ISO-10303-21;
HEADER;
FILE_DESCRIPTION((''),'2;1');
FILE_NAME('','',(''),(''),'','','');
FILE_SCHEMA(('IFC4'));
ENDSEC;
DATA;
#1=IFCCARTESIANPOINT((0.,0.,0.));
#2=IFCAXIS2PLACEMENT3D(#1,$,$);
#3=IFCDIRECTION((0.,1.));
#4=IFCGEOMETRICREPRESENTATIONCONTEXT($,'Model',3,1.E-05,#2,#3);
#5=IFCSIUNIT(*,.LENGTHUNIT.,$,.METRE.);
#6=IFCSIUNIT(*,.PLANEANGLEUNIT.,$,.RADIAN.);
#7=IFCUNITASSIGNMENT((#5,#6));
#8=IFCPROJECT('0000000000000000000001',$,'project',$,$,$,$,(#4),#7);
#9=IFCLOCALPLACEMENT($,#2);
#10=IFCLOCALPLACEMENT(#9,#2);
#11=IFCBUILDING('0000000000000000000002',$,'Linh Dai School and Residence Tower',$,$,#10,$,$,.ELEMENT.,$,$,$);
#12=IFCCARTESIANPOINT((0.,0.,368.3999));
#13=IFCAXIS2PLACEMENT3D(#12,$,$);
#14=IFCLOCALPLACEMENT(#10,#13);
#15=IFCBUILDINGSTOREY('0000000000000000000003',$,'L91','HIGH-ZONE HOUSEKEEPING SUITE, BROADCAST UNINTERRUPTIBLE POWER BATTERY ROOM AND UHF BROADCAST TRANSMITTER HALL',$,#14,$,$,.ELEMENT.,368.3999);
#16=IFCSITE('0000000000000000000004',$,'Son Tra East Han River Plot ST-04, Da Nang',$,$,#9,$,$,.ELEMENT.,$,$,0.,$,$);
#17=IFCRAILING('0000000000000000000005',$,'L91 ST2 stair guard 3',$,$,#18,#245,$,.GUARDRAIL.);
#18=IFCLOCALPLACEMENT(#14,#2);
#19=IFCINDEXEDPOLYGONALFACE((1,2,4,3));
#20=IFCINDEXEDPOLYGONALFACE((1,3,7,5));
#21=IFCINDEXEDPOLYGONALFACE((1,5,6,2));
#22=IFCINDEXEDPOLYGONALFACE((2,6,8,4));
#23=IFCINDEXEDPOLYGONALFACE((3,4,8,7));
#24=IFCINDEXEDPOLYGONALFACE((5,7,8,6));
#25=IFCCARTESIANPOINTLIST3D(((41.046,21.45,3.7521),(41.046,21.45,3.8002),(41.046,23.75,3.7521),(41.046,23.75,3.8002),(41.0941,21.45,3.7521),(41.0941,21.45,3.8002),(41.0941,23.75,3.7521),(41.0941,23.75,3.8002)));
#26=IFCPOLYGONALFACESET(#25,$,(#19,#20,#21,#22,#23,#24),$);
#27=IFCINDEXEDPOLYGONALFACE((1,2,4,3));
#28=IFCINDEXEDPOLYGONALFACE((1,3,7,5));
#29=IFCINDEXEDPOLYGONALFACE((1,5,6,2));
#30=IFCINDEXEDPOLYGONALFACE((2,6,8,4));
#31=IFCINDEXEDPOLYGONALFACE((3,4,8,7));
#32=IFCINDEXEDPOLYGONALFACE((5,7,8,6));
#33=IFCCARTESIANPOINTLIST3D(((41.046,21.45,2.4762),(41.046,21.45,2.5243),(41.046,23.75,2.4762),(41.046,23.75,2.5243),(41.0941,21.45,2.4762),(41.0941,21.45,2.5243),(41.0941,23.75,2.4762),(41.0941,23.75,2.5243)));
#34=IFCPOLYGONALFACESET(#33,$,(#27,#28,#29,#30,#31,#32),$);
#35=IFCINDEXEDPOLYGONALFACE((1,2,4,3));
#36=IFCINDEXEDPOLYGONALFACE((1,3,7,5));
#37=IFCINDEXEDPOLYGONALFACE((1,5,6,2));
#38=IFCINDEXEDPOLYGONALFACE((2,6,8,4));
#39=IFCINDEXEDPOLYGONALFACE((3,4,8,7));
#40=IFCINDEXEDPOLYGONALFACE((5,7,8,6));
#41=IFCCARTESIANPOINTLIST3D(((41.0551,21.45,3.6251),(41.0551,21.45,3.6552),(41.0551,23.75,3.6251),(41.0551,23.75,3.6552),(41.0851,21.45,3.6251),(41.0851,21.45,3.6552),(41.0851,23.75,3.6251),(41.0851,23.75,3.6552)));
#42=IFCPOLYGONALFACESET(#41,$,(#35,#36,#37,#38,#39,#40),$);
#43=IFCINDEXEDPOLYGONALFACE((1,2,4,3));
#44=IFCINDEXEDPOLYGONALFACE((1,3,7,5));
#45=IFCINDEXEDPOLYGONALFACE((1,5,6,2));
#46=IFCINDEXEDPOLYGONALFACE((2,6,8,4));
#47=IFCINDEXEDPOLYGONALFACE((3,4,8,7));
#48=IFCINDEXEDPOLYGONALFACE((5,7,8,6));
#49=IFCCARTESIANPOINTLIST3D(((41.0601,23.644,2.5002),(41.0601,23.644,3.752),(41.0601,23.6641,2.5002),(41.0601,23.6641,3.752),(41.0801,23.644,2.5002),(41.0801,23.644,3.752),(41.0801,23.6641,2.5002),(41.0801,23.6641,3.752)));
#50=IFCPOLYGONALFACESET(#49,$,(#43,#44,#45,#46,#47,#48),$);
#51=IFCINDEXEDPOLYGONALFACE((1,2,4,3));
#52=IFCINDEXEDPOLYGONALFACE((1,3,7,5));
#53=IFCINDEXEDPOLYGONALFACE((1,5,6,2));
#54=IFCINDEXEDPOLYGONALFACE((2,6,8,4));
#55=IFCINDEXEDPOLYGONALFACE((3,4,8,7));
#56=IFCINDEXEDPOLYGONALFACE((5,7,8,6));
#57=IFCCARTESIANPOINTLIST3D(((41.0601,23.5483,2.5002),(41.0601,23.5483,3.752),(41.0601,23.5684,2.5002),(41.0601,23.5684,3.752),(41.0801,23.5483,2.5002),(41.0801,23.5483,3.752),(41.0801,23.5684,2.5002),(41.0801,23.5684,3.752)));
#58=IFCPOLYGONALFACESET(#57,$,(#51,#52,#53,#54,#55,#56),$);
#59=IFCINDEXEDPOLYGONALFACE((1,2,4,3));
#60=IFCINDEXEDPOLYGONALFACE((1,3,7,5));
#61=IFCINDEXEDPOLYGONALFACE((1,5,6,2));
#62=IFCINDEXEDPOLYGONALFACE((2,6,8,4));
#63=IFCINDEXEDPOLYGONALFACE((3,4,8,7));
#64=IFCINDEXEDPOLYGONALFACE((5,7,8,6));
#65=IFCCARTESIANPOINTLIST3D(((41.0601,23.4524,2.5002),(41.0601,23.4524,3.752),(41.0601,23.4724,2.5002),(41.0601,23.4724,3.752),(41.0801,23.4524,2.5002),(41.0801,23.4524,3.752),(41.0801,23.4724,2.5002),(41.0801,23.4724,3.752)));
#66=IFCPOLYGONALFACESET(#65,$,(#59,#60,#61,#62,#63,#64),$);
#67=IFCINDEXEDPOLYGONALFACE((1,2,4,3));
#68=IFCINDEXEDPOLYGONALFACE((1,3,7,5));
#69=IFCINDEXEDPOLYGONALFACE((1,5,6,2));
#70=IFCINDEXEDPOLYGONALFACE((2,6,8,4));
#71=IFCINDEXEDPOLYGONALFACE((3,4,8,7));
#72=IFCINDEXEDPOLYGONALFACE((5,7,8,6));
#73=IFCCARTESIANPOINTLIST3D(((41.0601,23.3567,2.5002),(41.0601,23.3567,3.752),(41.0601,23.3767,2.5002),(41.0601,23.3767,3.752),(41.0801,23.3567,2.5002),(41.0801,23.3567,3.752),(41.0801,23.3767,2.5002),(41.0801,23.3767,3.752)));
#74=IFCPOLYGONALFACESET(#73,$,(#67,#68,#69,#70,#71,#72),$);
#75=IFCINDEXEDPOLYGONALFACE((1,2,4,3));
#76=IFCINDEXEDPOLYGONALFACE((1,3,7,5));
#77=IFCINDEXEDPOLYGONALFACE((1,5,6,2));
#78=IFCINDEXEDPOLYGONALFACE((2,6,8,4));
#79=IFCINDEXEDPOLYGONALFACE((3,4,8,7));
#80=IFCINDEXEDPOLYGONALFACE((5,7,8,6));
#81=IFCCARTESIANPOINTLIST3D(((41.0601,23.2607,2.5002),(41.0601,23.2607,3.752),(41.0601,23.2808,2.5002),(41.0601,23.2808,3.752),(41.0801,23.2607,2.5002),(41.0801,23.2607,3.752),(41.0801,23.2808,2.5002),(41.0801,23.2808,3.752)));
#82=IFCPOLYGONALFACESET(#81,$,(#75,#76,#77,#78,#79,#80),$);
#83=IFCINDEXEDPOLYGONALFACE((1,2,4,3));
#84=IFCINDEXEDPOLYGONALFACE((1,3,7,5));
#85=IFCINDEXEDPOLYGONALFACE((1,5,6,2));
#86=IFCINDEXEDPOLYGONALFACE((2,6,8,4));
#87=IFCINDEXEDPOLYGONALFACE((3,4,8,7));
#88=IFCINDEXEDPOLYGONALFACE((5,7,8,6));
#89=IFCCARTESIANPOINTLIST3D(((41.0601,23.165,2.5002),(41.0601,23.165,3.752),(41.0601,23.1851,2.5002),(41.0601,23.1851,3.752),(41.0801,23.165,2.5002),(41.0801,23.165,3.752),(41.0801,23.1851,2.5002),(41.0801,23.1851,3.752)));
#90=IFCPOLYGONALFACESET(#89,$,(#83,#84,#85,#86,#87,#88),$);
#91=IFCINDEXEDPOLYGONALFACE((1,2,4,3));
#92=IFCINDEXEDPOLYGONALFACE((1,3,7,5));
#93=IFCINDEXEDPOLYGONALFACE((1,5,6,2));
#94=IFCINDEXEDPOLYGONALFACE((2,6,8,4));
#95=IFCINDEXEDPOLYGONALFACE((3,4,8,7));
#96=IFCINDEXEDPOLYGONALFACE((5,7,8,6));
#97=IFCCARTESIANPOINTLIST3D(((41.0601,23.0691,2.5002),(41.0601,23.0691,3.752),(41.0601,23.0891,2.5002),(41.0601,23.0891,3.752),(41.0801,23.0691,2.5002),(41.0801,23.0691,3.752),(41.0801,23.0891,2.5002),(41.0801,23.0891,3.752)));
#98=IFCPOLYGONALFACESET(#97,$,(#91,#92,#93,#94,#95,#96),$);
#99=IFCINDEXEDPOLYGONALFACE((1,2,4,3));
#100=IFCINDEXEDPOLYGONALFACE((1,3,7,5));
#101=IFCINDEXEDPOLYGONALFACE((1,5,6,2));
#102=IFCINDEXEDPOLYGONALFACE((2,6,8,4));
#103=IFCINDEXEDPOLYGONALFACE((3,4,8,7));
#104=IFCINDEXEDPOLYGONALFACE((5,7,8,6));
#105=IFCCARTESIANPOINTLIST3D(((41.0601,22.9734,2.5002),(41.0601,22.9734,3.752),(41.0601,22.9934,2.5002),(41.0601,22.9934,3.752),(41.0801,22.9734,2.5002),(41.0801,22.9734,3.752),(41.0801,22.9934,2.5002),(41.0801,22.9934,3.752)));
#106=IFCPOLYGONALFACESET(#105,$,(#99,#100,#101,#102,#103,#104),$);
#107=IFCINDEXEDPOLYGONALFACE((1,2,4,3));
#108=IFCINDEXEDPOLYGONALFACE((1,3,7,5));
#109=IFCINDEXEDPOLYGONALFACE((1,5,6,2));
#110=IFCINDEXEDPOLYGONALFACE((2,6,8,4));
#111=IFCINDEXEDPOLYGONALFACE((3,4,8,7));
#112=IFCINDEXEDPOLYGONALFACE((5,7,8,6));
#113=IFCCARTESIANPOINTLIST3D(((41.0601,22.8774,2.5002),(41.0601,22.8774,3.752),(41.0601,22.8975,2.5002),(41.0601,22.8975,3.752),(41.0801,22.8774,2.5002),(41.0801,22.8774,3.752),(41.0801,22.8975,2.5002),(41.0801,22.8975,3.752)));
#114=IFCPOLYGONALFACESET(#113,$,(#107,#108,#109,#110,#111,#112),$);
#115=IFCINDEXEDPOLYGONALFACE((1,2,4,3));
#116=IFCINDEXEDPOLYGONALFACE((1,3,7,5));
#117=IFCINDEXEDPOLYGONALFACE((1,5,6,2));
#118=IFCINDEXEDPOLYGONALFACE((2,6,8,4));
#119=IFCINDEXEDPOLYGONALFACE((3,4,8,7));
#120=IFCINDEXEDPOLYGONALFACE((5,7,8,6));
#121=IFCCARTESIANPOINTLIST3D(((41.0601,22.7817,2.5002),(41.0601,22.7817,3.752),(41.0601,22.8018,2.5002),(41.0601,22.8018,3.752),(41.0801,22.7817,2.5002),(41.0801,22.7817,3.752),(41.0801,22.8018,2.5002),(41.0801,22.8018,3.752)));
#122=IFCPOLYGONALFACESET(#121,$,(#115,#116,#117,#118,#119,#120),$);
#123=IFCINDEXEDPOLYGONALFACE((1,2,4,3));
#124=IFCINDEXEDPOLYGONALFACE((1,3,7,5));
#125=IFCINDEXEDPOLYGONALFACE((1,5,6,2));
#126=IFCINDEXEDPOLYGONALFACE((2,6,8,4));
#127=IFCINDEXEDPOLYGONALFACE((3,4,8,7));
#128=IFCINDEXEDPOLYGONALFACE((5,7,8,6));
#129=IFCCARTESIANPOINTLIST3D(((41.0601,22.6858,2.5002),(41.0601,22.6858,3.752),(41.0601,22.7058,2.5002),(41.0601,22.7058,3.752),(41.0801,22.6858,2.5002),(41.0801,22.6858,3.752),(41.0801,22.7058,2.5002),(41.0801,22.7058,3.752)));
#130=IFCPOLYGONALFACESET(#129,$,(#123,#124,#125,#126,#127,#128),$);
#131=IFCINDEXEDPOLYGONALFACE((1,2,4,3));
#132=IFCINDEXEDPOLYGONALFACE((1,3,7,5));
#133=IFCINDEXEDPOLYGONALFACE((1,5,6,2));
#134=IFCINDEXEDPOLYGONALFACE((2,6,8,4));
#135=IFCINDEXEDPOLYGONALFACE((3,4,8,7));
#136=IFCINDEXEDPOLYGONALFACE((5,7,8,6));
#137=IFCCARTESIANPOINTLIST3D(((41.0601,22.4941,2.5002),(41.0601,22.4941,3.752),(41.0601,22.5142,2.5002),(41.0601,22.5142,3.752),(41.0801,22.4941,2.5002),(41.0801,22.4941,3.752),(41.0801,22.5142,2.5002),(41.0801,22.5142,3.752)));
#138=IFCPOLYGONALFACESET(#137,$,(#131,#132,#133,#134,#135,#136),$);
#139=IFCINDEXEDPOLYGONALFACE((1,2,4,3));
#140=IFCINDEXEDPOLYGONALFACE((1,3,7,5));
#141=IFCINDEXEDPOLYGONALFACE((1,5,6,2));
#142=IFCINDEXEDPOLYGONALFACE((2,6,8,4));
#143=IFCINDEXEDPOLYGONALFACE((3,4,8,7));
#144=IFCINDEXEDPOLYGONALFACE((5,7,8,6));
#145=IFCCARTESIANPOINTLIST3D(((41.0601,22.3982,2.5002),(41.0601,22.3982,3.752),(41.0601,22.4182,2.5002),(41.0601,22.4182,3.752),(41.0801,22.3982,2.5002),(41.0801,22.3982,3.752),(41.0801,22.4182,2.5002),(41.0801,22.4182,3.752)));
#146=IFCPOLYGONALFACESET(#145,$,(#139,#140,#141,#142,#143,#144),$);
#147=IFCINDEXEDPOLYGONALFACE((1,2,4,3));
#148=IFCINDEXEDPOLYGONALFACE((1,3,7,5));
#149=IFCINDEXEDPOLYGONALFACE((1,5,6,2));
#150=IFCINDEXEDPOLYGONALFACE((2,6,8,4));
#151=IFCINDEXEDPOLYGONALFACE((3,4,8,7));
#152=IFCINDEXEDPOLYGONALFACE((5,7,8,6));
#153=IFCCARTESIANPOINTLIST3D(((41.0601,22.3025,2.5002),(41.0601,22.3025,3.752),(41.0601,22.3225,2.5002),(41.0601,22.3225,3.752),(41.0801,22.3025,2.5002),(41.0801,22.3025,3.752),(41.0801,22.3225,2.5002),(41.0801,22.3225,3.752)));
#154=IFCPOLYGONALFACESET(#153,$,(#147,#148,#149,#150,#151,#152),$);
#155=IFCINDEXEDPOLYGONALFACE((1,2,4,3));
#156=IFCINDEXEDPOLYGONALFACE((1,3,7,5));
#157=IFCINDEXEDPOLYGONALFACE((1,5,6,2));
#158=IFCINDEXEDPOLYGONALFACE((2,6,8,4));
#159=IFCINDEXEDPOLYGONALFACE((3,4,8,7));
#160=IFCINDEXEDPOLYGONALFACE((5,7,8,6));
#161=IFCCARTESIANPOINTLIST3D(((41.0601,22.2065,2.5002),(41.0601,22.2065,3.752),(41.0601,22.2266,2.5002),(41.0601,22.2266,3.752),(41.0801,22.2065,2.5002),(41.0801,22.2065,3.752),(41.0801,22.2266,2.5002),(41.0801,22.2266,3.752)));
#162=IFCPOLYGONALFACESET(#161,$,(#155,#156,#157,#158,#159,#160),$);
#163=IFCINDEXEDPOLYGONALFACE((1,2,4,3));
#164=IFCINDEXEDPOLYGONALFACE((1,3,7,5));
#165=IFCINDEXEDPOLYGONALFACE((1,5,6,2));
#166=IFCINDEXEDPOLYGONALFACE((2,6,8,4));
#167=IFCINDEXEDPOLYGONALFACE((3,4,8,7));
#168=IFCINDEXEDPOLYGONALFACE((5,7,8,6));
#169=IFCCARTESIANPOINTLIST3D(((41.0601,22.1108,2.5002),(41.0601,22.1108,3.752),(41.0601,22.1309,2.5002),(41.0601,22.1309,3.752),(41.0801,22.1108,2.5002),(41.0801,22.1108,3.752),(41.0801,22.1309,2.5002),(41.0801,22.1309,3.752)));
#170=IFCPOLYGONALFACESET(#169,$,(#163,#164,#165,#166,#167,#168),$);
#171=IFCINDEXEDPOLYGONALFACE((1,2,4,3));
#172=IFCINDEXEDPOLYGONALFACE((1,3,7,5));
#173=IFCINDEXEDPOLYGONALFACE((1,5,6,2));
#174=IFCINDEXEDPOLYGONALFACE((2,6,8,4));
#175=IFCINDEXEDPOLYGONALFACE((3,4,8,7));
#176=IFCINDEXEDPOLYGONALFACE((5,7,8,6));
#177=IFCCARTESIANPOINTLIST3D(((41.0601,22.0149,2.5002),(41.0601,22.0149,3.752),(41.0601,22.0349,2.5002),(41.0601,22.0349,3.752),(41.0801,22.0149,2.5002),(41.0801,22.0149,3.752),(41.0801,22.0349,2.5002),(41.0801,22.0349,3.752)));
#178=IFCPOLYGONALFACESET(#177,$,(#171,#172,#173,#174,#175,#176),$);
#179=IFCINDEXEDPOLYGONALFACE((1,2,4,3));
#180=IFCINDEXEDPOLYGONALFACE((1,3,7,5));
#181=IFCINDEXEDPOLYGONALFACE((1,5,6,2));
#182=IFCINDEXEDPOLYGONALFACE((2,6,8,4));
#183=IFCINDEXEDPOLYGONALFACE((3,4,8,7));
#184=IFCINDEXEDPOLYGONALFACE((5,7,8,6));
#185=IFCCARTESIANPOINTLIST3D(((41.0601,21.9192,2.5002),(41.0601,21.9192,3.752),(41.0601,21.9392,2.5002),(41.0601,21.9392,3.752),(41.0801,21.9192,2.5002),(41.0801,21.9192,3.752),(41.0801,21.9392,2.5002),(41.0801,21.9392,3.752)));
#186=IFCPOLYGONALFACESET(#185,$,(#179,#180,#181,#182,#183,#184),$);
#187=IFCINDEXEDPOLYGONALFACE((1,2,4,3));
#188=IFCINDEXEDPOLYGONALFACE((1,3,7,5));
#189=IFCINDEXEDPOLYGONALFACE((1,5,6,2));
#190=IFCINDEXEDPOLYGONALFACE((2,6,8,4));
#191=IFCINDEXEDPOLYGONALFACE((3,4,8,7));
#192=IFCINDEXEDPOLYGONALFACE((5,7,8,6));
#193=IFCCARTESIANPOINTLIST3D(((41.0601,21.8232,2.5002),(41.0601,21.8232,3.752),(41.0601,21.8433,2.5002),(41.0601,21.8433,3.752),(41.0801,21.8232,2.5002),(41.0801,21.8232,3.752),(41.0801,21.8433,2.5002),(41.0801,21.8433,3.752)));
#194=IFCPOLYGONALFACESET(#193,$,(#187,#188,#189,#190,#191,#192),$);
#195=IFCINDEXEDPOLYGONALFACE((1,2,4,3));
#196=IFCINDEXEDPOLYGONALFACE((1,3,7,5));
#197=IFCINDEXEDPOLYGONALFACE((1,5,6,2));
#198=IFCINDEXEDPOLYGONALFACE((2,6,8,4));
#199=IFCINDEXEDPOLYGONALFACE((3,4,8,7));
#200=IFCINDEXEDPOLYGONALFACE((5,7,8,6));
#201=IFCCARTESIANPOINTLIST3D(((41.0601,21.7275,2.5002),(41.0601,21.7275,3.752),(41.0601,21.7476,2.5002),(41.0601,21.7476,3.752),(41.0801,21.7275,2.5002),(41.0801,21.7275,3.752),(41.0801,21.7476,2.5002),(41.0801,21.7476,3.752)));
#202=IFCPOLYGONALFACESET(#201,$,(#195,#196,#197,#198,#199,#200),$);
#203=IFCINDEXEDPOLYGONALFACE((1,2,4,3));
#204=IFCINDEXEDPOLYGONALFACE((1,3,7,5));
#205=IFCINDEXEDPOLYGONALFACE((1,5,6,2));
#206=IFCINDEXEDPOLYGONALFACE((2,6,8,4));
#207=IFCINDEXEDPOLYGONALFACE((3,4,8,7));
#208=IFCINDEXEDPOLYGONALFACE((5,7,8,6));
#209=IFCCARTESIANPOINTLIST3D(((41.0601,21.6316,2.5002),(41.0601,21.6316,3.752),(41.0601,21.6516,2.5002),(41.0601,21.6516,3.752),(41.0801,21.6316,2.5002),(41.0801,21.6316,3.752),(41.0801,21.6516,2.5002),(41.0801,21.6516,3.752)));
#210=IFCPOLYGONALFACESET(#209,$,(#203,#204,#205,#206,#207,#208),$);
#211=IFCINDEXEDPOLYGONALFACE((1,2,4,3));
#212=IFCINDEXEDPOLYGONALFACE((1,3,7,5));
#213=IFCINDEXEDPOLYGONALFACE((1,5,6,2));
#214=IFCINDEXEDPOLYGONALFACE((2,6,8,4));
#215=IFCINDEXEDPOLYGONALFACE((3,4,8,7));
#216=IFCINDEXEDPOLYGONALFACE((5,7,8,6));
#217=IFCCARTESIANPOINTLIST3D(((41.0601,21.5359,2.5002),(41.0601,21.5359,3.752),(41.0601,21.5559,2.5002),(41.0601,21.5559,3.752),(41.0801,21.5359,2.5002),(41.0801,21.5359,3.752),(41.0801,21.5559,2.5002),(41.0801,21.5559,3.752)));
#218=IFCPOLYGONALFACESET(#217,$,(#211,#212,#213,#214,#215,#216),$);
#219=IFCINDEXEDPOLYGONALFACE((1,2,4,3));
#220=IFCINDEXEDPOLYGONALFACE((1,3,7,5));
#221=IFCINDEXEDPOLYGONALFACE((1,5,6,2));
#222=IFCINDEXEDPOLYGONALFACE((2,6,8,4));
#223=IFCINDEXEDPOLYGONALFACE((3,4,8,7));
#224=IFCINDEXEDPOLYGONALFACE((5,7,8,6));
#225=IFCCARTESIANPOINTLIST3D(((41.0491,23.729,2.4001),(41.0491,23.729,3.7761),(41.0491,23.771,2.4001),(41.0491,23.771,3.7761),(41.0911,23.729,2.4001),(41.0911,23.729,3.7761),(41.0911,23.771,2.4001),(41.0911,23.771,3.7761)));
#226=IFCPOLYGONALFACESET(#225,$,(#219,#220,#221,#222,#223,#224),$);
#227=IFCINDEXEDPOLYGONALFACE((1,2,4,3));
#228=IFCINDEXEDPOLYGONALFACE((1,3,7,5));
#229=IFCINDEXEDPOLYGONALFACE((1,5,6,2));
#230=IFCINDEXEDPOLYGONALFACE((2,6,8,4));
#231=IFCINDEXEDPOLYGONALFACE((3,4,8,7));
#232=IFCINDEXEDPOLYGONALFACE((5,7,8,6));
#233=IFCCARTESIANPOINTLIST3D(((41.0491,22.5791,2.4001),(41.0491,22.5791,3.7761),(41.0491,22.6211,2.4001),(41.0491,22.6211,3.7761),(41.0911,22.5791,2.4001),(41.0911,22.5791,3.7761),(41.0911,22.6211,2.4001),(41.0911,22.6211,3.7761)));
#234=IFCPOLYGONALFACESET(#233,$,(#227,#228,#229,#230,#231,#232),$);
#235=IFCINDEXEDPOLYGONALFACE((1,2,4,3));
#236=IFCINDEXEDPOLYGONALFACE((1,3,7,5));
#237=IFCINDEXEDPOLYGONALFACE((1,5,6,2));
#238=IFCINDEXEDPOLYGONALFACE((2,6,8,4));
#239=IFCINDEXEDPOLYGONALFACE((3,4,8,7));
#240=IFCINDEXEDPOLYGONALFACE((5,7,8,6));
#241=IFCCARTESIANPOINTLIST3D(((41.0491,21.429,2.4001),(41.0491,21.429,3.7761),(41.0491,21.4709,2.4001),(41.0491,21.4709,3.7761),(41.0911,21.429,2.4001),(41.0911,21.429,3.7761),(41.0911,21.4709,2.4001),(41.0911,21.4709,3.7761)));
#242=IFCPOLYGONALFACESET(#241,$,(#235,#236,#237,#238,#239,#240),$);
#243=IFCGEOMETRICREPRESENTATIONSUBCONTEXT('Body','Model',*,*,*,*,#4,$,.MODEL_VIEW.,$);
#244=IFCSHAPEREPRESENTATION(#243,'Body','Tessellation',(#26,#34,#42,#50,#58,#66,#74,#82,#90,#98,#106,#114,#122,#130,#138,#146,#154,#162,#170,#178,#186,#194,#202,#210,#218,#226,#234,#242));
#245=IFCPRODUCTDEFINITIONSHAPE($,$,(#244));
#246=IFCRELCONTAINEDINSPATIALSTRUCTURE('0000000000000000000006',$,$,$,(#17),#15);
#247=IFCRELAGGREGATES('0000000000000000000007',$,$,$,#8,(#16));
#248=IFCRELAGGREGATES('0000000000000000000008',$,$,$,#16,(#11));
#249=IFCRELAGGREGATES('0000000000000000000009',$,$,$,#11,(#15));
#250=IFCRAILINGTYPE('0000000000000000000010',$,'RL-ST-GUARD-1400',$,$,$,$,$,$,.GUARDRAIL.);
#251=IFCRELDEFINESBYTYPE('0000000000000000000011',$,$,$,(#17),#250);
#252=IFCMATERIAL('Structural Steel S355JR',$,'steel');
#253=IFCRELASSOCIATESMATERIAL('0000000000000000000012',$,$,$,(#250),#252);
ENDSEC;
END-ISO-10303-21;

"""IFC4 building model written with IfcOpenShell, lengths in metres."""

from ifc_helpers import new_model, si_unit, direction, frame, origin, origin_2d, place, context, subcontext, project, spatial, rectangle, extrude, source, transform, mapped, material, type_object, element, save


model = new_model("IFC4")

# Units and contexts
model_context = context("Model", 3, precision=1e-05, world=origin(), true_north=direction((0.0, 1.0)))
body_context = subcontext(model_context, "Body", "Model", "MODEL_VIEW")
ifc_project = project(units=[si_unit("LENGTHUNIT", "METRE"), si_unit("PLANEANGLEUNIT", "RADIAN")], contexts=[model_context])

# Site, building, storey
site_placement = place(None, origin())
site = spatial("IfcSite", under=ifc_project, at=site_placement, Name="Son Tra East Han River Plot ST-04, Da Nang", CompositionType="ELEMENT", RefElevation=0.0)
building_placement = place(site_placement, origin())
building = spatial("IfcBuilding", under=site, at=building_placement, Name="Linh Dai School and Residence Tower", CompositionType="ELEMENT")
storey_placement = place(building_placement, frame((0.0, 0.0, 368.3999)))
storey = spatial("IfcBuildingStorey", under=building, at=storey_placement, Name="L91", Description="HIGH-ZONE HOUSEKEEPING SUITE, BROADCAST UNINTERRUPTIBLE POWER BATTERY ROOM AND UHF BROADCAST TRANSMITTER HALL", CompositionType="ELEMENT", Elevation=368.3999)

# Shared definitions
ifc_material_1 = material(Name="Structural Steel S355JR", Category="steel")

# Railing
railing_type = type_object("IfcRailingType", Name="RL-ST-GUARD-1400", PredefinedType="GUARDRAIL", material=ifc_material_1)
shared_shape_1 = source(origin(), body_context, "Body", "SweptSolid", [
    extrude(rectangle(XDim=0.0481, YDim=0.0481, at=origin_2d()), frame((0.0, 0.0, 1.376), z_axis=(0.0, -1.0, 0.0), x_axis=(1.0, 0.0, 0.0)), (0.0, 0.0, 1.0), 2.3),
    extrude(rectangle(XDim=0.0481, YDim=0.0481, at=origin_2d()), frame((0.0, 0.0, 0.1001), z_axis=(0.0, -1.0, 0.0), x_axis=(1.0, 0.0, 0.0)), (0.0, 0.0, 1.0), 2.3),
    extrude(rectangle(XDim=0.03, YDim=0.03, at=origin_2d()), frame((0.0, 0.0, 1.24), z_axis=(0.0, -1.0, 0.0), x_axis=(1.0, 0.0, 0.0)), (0.0, 0.0, 1.0), 2.3),
    extrude(rectangle(XDim=0.02, YDim=0.02, at=origin_2d()), frame((0.0, -0.0959, 0.1001)), (0.0, 0.0, 1.0), 1.2517),
    extrude(rectangle(XDim=0.02, YDim=0.02, at=origin_2d()), frame((0.0, -0.1917, 0.1001)), (0.0, 0.0, 1.0), 1.2517),
    extrude(rectangle(XDim=0.02, YDim=0.02, at=origin_2d()), frame((0.0, -0.2876, 0.1001)), (0.0, 0.0, 1.0), 1.2517),
    extrude(rectangle(XDim=0.02, YDim=0.02, at=origin_2d()), frame((0.0, -0.3833, 0.1001)), (0.0, 0.0, 1.0), 1.2517),
    extrude(rectangle(XDim=0.02, YDim=0.02, at=origin_2d()), frame((0.0, -0.4792, 0.1001)), (0.0, 0.0, 1.0), 1.2517),
    extrude(rectangle(XDim=0.02, YDim=0.02, at=origin_2d()), frame((0.0, -0.575, 0.1001)), (0.0, 0.0, 1.0), 1.2517),
    extrude(rectangle(XDim=0.02, YDim=0.02, at=origin_2d()), frame((0.0, -0.6709, 0.1001)), (0.0, 0.0, 1.0), 1.2517),
    extrude(rectangle(XDim=0.02, YDim=0.02, at=origin_2d()), frame((0.0, -0.7666, 0.1001)), (0.0, 0.0, 1.0), 1.2517),
    extrude(rectangle(XDim=0.02, YDim=0.02, at=origin_2d()), frame((0.0, -0.8625, 0.1001)), (0.0, 0.0, 1.0), 1.2517),
    extrude(rectangle(XDim=0.02, YDim=0.02, at=origin_2d()), frame((0.0, -0.9583, 0.1001)), (0.0, 0.0, 1.0), 1.2517),
    extrude(rectangle(XDim=0.02, YDim=0.02, at=origin_2d()), frame((0.0, -1.0542, 0.1001)), (0.0, 0.0, 1.0), 1.2517),
    extrude(rectangle(XDim=0.02, YDim=0.02, at=origin_2d()), frame((0.0, -1.2458, 0.1001)), (0.0, 0.0, 1.0), 1.2517),
    extrude(rectangle(XDim=0.02, YDim=0.02, at=origin_2d()), frame((0.0, -1.3418, 0.1001)), (0.0, 0.0, 1.0), 1.2517),
    extrude(rectangle(XDim=0.02, YDim=0.02, at=origin_2d()), frame((0.0, -1.4375, 0.1001)), (0.0, 0.0, 1.0), 1.2517),
    extrude(rectangle(XDim=0.02, YDim=0.02, at=origin_2d()), frame((0.0, -1.5334, 0.1001)), (0.0, 0.0, 1.0), 1.2517),
    extrude(rectangle(XDim=0.02, YDim=0.02, at=origin_2d()), frame((0.0, -1.6292, 0.1001)), (0.0, 0.0, 1.0), 1.2517),
    extrude(rectangle(XDim=0.02, YDim=0.02, at=origin_2d()), frame((0.0, -1.7251, 0.1001)), (0.0, 0.0, 1.0), 1.2517),
    extrude(rectangle(XDim=0.02, YDim=0.02, at=origin_2d()), frame((0.0, -1.8208, 0.1001)), (0.0, 0.0, 1.0), 1.2517),
    extrude(rectangle(XDim=0.02, YDim=0.02, at=origin_2d()), frame((0.0, -1.9167, 0.1001)), (0.0, 0.0, 1.0), 1.2517),
    extrude(rectangle(XDim=0.02, YDim=0.02, at=origin_2d()), frame((0.0, -2.0125, 0.1001)), (0.0, 0.0, 1.0), 1.2517),
    extrude(rectangle(XDim=0.02, YDim=0.02, at=origin_2d()), frame((0.0, -2.1084, 0.1001)), (0.0, 0.0, 1.0), 1.2517),
    extrude(rectangle(XDim=0.02, YDim=0.02, at=origin_2d()), frame((0.0, -2.2041, 0.1001)), (0.0, 0.0, 1.0), 1.2517),
    extrude(rectangle(XDim=0.042, YDim=0.042, at=origin_2d()), origin(), (0.0, 0.0, 1.0), 1.376),
    extrude(rectangle(XDim=0.042, YDim=0.042, at=origin_2d()), frame((0.0, -1.1499, 0.0)), (0.0, 0.0, 1.0), 1.376),
    extrude(rectangle(XDim=0.042, YDim=0.042, at=origin_2d()), frame((0.0, -2.3, 0.0)), (0.0, 0.0, 1.0), 1.376),
])
railing_1_placement = place(storey_placement, frame((41.0701, 23.75, 2.4001)))
element("IfcRailing", 1, at=railing_1_placement, inside=storey, type_object=railing_type, Name="L91 ST2 stair guard 3", PredefinedType="GUARDRAIL", context=body_context, shape_type="MappedRepresentation", body=[
    mapped(shared_shape_1, transform((0.0, 0.0, 0.0), x_axis=(1.0, 0.0, 0.0), y_axis=(0.0, 1.0, 0.0), z_axis=(0.0, 0.0, 1.0), scale=1.0)),
])

save(model, "model.ifc")
